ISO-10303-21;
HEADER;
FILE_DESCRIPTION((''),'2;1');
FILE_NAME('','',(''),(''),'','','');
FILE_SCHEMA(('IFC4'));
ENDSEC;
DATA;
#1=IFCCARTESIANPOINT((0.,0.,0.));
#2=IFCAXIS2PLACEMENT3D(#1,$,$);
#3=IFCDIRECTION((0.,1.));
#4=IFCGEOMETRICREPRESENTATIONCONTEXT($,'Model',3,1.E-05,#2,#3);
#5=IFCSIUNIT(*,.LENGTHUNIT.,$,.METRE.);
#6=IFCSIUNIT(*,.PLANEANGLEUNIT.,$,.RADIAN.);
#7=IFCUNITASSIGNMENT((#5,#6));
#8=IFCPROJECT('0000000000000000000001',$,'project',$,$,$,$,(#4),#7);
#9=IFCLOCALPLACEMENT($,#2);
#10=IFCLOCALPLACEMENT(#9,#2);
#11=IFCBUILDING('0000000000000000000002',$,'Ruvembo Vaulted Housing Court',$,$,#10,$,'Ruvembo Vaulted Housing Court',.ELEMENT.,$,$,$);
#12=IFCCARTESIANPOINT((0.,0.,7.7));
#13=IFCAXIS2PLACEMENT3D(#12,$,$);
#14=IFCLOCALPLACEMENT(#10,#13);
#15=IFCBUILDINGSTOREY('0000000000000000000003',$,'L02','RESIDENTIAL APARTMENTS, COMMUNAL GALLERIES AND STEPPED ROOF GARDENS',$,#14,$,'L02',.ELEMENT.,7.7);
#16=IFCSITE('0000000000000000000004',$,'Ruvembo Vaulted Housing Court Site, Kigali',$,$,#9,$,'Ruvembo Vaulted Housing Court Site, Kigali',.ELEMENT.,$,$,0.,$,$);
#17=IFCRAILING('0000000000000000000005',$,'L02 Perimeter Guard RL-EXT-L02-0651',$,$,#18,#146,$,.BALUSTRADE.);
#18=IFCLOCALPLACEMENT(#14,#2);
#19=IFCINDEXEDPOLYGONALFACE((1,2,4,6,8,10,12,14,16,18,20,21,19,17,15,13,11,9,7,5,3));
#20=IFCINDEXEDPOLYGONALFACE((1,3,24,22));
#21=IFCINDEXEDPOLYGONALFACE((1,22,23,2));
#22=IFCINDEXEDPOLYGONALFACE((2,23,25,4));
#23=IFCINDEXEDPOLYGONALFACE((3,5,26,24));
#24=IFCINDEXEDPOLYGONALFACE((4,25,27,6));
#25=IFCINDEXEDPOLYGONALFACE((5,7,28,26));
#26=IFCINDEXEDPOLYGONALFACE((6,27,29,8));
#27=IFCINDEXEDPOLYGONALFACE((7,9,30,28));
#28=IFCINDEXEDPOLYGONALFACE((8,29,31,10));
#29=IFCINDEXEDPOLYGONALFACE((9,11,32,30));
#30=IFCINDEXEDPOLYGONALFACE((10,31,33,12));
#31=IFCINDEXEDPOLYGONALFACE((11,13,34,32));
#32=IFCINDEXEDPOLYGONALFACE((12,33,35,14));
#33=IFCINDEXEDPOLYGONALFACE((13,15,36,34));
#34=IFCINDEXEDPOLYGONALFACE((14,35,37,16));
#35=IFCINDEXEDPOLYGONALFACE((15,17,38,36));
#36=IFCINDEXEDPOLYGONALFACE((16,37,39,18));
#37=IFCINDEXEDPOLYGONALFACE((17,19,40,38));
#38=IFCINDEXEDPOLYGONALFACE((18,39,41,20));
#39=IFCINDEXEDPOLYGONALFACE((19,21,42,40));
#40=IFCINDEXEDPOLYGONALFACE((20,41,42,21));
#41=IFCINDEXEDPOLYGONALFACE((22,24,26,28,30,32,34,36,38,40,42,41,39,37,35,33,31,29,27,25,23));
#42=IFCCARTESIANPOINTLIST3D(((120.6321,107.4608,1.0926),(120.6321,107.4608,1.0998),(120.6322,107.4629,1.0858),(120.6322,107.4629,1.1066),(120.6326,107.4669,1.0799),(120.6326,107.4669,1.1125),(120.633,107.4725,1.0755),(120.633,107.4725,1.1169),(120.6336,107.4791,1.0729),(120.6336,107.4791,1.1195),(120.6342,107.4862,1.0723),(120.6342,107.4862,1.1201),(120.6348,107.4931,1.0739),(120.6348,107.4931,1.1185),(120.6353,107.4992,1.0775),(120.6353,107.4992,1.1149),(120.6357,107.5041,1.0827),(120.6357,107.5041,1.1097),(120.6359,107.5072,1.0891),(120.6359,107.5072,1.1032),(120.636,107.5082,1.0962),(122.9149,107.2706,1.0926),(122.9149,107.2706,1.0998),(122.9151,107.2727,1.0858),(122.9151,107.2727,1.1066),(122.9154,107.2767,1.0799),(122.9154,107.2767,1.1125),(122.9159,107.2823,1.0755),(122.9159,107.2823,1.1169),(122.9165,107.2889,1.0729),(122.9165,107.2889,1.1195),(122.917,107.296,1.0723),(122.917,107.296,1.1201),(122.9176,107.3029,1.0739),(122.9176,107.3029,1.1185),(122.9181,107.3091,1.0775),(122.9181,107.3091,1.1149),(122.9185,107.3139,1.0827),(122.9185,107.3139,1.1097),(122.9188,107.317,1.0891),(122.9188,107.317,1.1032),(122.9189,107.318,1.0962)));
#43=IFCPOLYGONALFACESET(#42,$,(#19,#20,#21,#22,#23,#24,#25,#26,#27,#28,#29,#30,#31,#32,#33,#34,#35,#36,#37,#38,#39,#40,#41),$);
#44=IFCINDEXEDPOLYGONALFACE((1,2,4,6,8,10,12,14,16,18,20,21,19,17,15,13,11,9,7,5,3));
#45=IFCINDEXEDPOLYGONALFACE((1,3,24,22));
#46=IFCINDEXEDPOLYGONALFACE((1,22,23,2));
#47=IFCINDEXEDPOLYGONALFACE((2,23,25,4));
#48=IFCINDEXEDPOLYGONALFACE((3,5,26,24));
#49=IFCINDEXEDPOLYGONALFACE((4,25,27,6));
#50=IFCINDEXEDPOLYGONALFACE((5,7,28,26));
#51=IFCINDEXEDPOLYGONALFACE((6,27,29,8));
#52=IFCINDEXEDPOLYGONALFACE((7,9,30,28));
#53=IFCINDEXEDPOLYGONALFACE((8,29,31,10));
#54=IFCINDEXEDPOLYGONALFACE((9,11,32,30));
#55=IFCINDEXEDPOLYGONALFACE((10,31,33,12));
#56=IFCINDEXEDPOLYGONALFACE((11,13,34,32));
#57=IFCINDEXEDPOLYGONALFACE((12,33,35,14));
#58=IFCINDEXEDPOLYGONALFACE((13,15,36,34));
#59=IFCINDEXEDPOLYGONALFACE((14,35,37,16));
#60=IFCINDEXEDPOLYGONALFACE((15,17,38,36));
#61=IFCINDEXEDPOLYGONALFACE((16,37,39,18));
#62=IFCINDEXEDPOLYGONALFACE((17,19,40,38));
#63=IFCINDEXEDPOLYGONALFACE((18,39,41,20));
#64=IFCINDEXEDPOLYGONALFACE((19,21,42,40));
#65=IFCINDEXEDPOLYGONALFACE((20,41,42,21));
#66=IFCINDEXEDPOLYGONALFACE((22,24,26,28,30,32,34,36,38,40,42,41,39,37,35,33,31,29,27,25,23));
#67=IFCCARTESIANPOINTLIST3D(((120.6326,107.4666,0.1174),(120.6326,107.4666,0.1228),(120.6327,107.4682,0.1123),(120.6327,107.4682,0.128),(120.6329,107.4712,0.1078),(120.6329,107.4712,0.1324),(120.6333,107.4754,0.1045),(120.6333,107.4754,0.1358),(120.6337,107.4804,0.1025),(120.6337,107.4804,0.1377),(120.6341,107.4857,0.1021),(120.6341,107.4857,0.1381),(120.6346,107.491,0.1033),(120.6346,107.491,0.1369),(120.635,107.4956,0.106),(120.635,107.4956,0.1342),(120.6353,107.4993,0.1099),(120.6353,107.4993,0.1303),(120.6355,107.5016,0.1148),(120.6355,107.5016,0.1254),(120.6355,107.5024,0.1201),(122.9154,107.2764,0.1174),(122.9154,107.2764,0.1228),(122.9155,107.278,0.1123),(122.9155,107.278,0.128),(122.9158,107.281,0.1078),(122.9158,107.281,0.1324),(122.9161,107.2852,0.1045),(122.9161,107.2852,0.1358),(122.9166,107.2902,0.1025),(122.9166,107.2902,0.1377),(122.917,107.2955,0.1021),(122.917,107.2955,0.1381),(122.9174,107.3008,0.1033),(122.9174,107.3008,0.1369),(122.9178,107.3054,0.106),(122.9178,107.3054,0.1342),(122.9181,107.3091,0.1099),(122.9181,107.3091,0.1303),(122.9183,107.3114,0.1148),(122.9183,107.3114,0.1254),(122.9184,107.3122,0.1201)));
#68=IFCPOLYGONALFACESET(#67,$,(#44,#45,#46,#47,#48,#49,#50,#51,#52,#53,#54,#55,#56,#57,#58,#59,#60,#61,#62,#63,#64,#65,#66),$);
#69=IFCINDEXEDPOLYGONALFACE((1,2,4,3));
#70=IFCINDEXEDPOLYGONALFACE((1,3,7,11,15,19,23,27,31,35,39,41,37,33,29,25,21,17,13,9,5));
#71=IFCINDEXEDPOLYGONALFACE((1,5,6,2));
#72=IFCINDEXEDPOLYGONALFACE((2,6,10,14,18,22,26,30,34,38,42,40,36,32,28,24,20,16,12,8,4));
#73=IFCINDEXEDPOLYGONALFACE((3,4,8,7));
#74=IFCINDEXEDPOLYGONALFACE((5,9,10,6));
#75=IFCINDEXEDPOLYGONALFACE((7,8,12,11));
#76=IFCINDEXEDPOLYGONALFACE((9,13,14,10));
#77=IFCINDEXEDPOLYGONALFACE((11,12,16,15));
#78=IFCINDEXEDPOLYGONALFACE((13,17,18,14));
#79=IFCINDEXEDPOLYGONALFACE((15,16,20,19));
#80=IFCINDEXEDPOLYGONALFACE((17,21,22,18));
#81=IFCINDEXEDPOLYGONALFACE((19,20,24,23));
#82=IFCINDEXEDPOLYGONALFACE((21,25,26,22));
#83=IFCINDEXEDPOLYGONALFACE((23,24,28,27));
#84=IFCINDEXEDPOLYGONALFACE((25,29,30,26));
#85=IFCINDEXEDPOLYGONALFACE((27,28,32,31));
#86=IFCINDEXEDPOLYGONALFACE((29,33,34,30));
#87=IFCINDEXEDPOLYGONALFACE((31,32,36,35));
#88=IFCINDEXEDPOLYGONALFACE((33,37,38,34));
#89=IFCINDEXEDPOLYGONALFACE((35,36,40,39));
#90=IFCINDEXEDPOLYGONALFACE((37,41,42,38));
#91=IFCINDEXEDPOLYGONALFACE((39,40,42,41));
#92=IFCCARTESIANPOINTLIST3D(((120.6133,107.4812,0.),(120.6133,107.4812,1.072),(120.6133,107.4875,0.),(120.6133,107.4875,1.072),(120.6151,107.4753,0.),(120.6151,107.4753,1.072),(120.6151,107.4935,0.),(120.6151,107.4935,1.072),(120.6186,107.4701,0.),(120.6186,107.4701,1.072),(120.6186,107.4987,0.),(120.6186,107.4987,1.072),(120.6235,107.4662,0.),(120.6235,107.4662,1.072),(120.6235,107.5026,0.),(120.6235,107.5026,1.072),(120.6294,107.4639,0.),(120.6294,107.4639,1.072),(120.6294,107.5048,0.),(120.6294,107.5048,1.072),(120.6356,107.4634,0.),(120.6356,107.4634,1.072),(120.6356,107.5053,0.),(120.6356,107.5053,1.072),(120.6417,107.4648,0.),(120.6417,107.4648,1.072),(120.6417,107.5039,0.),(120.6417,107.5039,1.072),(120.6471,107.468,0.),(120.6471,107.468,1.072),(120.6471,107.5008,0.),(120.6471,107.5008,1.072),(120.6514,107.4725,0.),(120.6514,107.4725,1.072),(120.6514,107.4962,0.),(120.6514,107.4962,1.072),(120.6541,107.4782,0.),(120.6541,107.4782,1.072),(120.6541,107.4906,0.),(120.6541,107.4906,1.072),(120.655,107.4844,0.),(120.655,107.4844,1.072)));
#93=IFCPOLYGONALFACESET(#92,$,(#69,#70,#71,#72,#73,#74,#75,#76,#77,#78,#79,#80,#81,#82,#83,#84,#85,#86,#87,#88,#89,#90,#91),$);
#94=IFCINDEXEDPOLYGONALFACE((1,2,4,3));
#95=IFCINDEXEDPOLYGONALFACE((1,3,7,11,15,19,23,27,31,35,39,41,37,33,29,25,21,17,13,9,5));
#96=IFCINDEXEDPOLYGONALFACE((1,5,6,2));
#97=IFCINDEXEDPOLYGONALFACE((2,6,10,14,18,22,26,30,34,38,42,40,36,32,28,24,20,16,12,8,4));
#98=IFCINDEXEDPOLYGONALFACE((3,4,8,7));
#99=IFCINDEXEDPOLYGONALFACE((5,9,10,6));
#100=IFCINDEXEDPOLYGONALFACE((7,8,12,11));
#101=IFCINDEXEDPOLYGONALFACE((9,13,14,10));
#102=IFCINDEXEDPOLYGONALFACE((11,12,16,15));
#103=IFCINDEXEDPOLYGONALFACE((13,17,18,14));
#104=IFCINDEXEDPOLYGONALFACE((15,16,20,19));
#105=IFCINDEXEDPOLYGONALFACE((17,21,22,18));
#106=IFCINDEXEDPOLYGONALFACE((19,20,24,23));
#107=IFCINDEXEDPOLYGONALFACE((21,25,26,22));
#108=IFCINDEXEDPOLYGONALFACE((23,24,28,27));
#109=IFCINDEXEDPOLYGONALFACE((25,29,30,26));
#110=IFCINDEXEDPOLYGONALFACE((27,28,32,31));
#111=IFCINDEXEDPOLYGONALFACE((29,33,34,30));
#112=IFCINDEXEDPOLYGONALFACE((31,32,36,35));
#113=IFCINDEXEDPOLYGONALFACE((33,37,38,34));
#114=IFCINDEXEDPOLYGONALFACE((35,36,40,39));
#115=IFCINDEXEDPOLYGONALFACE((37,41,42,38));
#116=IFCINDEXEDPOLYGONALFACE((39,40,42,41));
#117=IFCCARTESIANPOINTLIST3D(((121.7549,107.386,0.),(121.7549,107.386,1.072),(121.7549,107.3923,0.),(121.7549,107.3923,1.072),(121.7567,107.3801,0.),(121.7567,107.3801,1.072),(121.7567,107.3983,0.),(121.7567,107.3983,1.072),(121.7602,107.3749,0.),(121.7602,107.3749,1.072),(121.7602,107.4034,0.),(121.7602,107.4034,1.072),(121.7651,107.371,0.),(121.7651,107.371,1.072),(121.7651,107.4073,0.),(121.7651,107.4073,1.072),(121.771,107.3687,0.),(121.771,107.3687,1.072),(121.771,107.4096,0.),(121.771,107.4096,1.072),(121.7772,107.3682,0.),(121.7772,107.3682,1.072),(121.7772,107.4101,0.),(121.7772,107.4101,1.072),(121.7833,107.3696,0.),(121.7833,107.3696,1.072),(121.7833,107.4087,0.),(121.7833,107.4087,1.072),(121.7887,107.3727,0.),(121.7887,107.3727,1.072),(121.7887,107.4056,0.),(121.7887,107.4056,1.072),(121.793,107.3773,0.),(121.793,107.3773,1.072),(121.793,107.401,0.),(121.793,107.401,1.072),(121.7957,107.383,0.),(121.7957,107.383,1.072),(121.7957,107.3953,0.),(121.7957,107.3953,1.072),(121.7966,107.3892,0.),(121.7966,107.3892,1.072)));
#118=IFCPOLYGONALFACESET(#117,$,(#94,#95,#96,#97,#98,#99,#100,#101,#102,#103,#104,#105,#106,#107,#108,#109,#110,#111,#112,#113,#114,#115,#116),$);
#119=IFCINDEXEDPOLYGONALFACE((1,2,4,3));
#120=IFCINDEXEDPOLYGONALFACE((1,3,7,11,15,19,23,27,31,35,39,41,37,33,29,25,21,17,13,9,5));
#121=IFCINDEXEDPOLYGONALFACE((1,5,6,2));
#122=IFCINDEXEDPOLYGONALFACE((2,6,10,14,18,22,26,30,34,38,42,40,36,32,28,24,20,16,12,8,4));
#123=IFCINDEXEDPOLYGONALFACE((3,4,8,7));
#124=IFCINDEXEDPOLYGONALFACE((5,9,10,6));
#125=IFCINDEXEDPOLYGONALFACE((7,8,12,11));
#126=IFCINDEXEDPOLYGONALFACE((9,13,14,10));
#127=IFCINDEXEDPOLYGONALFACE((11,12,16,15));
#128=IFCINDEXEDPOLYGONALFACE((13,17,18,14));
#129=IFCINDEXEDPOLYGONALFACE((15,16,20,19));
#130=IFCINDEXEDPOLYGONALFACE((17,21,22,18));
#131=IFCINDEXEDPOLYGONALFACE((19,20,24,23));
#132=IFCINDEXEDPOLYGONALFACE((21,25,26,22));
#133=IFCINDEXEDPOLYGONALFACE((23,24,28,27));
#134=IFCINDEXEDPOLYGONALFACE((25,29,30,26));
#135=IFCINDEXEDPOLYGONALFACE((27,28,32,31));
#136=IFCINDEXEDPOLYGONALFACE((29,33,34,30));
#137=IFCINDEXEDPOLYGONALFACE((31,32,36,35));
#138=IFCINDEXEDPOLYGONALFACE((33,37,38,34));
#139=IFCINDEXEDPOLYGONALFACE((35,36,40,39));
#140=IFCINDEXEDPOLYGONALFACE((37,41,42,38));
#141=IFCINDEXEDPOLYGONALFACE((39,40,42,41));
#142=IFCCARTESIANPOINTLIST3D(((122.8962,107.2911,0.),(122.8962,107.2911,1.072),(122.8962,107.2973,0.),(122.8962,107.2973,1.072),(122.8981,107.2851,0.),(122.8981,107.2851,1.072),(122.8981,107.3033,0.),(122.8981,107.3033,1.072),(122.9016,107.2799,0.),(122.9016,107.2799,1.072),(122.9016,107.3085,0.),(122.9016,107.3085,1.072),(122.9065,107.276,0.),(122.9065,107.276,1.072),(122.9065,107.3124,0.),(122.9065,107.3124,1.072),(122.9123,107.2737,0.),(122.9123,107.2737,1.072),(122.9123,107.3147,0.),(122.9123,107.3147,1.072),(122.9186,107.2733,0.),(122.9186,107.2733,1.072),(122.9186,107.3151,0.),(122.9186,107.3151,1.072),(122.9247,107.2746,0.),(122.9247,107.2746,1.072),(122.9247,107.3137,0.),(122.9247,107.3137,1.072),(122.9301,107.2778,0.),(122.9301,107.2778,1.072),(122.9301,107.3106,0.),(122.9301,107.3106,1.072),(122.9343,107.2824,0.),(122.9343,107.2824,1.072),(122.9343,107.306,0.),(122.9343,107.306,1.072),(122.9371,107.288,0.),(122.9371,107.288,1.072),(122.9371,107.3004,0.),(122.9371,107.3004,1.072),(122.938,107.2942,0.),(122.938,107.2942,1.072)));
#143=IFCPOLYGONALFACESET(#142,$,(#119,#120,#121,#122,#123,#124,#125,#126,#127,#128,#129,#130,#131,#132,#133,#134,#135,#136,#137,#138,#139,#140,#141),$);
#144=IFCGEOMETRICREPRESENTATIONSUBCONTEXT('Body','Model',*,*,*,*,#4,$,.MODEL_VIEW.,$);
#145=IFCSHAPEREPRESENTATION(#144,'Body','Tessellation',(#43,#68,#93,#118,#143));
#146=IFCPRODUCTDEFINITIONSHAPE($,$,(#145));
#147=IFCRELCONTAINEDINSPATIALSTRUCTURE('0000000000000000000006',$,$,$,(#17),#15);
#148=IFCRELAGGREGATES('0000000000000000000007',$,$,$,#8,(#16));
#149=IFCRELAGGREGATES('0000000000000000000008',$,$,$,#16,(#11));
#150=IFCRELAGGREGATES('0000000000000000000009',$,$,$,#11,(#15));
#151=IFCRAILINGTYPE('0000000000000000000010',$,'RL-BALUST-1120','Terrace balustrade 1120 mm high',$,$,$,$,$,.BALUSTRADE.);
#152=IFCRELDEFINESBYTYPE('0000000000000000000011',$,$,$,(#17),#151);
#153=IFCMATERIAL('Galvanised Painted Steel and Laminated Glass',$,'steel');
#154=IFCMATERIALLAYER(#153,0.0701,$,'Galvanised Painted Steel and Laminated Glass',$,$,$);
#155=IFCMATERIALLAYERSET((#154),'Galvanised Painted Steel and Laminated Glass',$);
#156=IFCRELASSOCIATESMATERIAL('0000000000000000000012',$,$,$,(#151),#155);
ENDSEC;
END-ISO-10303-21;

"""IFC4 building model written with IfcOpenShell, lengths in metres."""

from ifc_helpers import new_model, si_unit, direction, frame, origin, origin_2d, place, context, subcontext, project, spatial, circle, extrude, material, layer, layer_set, type_object, element, save


model = new_model("IFC4")

# Units and contexts
model_context = context("Model", 3, precision=1e-05, world=origin(), true_north=direction((0.0, 1.0)))
body_context = subcontext(model_context, "Body", "Model", "MODEL_VIEW")
ifc_project = project(units=[si_unit("LENGTHUNIT", "METRE"), si_unit("PLANEANGLEUNIT", "RADIAN")], contexts=[model_context])

# Site, building, storey
site_placement = place(None, origin())
site = spatial("IfcSite", under=ifc_project, at=site_placement, Name="Ruvembo Vaulted Housing Court Site, Kigali", LongName="Ruvembo Vaulted Housing Court Site, Kigali", CompositionType="ELEMENT", RefElevation=0.0)
building_placement = place(site_placement, origin())
building = spatial("IfcBuilding", under=site, at=building_placement, Name="Ruvembo Vaulted Housing Court", LongName="Ruvembo Vaulted Housing Court", CompositionType="ELEMENT")
storey_placement = place(building_placement, frame((0.0, 0.0, 7.7)))
storey = spatial("IfcBuildingStorey", under=building, at=storey_placement, Name="L02", Description="RESIDENTIAL APARTMENTS, COMMUNAL GALLERIES AND STEPPED ROOF GARDENS", LongName="L02", CompositionType="ELEMENT", Elevation=7.7)

# Railing
ifc_material_1 = material(Name="Galvanised Painted Steel and Laminated Glass", Category="steel")
ifc_layer_1 = layer(ifc_material_1, 0.0701, Name="Galvanised Painted Steel and Laminated Glass")
ifc_layer_set_1 = layer_set([ifc_layer_1], Name="Galvanised Painted Steel and Laminated Glass")
railing_type = type_object("IfcRailingType", Name="RL-BALUST-1120", Description="Terrace balustrade 1120 mm high", PredefinedType="BALUSTRADE", material=ifc_layer_set_1)
railing_1_placement = place(storey_placement, frame((120.634, 107.4844, 0.0)))
element("IfcRailing", 1, at=railing_1_placement, inside=storey, type_object=railing_type, Name="L02 Perimeter Guard RL-EXT-L02-0651", PredefinedType="BALUSTRADE", context=body_context, shape_type="SweptSolid", body=[
    extrude(circle(Radius=0.0239, at=origin_2d()), frame((0.0, 0.0, 1.0962), z_axis=(0.996548, -0.083019, 0.0), x_axis=(0.083019, 0.996548, 0.0)), (0.0, 0.0, 1.0), 2.2908),
    extrude(circle(Radius=0.0181, at=origin_2d()), frame((0.0, 0.0, 0.1201), z_axis=(0.996548, -0.083019, 0.0), x_axis=(0.083019, 0.996548, 0.0)), (0.0, 0.0, 1.0), 2.2908),
    extrude(circle(Radius=0.021, at=origin_2d()), origin(), (0.0, 0.0, 1.0), 1.072),
    extrude(circle(Radius=0.021, at=origin_2d()), frame((1.1416, -0.0952, 0.0)), (0.0, 0.0, 1.0), 1.072),
    extrude(circle(Radius=0.021, at=origin_2d()), frame((2.283, -0.1902, 0.0)), (0.0, 0.0, 1.0), 1.072),
])

save(model, "model.ifc")
